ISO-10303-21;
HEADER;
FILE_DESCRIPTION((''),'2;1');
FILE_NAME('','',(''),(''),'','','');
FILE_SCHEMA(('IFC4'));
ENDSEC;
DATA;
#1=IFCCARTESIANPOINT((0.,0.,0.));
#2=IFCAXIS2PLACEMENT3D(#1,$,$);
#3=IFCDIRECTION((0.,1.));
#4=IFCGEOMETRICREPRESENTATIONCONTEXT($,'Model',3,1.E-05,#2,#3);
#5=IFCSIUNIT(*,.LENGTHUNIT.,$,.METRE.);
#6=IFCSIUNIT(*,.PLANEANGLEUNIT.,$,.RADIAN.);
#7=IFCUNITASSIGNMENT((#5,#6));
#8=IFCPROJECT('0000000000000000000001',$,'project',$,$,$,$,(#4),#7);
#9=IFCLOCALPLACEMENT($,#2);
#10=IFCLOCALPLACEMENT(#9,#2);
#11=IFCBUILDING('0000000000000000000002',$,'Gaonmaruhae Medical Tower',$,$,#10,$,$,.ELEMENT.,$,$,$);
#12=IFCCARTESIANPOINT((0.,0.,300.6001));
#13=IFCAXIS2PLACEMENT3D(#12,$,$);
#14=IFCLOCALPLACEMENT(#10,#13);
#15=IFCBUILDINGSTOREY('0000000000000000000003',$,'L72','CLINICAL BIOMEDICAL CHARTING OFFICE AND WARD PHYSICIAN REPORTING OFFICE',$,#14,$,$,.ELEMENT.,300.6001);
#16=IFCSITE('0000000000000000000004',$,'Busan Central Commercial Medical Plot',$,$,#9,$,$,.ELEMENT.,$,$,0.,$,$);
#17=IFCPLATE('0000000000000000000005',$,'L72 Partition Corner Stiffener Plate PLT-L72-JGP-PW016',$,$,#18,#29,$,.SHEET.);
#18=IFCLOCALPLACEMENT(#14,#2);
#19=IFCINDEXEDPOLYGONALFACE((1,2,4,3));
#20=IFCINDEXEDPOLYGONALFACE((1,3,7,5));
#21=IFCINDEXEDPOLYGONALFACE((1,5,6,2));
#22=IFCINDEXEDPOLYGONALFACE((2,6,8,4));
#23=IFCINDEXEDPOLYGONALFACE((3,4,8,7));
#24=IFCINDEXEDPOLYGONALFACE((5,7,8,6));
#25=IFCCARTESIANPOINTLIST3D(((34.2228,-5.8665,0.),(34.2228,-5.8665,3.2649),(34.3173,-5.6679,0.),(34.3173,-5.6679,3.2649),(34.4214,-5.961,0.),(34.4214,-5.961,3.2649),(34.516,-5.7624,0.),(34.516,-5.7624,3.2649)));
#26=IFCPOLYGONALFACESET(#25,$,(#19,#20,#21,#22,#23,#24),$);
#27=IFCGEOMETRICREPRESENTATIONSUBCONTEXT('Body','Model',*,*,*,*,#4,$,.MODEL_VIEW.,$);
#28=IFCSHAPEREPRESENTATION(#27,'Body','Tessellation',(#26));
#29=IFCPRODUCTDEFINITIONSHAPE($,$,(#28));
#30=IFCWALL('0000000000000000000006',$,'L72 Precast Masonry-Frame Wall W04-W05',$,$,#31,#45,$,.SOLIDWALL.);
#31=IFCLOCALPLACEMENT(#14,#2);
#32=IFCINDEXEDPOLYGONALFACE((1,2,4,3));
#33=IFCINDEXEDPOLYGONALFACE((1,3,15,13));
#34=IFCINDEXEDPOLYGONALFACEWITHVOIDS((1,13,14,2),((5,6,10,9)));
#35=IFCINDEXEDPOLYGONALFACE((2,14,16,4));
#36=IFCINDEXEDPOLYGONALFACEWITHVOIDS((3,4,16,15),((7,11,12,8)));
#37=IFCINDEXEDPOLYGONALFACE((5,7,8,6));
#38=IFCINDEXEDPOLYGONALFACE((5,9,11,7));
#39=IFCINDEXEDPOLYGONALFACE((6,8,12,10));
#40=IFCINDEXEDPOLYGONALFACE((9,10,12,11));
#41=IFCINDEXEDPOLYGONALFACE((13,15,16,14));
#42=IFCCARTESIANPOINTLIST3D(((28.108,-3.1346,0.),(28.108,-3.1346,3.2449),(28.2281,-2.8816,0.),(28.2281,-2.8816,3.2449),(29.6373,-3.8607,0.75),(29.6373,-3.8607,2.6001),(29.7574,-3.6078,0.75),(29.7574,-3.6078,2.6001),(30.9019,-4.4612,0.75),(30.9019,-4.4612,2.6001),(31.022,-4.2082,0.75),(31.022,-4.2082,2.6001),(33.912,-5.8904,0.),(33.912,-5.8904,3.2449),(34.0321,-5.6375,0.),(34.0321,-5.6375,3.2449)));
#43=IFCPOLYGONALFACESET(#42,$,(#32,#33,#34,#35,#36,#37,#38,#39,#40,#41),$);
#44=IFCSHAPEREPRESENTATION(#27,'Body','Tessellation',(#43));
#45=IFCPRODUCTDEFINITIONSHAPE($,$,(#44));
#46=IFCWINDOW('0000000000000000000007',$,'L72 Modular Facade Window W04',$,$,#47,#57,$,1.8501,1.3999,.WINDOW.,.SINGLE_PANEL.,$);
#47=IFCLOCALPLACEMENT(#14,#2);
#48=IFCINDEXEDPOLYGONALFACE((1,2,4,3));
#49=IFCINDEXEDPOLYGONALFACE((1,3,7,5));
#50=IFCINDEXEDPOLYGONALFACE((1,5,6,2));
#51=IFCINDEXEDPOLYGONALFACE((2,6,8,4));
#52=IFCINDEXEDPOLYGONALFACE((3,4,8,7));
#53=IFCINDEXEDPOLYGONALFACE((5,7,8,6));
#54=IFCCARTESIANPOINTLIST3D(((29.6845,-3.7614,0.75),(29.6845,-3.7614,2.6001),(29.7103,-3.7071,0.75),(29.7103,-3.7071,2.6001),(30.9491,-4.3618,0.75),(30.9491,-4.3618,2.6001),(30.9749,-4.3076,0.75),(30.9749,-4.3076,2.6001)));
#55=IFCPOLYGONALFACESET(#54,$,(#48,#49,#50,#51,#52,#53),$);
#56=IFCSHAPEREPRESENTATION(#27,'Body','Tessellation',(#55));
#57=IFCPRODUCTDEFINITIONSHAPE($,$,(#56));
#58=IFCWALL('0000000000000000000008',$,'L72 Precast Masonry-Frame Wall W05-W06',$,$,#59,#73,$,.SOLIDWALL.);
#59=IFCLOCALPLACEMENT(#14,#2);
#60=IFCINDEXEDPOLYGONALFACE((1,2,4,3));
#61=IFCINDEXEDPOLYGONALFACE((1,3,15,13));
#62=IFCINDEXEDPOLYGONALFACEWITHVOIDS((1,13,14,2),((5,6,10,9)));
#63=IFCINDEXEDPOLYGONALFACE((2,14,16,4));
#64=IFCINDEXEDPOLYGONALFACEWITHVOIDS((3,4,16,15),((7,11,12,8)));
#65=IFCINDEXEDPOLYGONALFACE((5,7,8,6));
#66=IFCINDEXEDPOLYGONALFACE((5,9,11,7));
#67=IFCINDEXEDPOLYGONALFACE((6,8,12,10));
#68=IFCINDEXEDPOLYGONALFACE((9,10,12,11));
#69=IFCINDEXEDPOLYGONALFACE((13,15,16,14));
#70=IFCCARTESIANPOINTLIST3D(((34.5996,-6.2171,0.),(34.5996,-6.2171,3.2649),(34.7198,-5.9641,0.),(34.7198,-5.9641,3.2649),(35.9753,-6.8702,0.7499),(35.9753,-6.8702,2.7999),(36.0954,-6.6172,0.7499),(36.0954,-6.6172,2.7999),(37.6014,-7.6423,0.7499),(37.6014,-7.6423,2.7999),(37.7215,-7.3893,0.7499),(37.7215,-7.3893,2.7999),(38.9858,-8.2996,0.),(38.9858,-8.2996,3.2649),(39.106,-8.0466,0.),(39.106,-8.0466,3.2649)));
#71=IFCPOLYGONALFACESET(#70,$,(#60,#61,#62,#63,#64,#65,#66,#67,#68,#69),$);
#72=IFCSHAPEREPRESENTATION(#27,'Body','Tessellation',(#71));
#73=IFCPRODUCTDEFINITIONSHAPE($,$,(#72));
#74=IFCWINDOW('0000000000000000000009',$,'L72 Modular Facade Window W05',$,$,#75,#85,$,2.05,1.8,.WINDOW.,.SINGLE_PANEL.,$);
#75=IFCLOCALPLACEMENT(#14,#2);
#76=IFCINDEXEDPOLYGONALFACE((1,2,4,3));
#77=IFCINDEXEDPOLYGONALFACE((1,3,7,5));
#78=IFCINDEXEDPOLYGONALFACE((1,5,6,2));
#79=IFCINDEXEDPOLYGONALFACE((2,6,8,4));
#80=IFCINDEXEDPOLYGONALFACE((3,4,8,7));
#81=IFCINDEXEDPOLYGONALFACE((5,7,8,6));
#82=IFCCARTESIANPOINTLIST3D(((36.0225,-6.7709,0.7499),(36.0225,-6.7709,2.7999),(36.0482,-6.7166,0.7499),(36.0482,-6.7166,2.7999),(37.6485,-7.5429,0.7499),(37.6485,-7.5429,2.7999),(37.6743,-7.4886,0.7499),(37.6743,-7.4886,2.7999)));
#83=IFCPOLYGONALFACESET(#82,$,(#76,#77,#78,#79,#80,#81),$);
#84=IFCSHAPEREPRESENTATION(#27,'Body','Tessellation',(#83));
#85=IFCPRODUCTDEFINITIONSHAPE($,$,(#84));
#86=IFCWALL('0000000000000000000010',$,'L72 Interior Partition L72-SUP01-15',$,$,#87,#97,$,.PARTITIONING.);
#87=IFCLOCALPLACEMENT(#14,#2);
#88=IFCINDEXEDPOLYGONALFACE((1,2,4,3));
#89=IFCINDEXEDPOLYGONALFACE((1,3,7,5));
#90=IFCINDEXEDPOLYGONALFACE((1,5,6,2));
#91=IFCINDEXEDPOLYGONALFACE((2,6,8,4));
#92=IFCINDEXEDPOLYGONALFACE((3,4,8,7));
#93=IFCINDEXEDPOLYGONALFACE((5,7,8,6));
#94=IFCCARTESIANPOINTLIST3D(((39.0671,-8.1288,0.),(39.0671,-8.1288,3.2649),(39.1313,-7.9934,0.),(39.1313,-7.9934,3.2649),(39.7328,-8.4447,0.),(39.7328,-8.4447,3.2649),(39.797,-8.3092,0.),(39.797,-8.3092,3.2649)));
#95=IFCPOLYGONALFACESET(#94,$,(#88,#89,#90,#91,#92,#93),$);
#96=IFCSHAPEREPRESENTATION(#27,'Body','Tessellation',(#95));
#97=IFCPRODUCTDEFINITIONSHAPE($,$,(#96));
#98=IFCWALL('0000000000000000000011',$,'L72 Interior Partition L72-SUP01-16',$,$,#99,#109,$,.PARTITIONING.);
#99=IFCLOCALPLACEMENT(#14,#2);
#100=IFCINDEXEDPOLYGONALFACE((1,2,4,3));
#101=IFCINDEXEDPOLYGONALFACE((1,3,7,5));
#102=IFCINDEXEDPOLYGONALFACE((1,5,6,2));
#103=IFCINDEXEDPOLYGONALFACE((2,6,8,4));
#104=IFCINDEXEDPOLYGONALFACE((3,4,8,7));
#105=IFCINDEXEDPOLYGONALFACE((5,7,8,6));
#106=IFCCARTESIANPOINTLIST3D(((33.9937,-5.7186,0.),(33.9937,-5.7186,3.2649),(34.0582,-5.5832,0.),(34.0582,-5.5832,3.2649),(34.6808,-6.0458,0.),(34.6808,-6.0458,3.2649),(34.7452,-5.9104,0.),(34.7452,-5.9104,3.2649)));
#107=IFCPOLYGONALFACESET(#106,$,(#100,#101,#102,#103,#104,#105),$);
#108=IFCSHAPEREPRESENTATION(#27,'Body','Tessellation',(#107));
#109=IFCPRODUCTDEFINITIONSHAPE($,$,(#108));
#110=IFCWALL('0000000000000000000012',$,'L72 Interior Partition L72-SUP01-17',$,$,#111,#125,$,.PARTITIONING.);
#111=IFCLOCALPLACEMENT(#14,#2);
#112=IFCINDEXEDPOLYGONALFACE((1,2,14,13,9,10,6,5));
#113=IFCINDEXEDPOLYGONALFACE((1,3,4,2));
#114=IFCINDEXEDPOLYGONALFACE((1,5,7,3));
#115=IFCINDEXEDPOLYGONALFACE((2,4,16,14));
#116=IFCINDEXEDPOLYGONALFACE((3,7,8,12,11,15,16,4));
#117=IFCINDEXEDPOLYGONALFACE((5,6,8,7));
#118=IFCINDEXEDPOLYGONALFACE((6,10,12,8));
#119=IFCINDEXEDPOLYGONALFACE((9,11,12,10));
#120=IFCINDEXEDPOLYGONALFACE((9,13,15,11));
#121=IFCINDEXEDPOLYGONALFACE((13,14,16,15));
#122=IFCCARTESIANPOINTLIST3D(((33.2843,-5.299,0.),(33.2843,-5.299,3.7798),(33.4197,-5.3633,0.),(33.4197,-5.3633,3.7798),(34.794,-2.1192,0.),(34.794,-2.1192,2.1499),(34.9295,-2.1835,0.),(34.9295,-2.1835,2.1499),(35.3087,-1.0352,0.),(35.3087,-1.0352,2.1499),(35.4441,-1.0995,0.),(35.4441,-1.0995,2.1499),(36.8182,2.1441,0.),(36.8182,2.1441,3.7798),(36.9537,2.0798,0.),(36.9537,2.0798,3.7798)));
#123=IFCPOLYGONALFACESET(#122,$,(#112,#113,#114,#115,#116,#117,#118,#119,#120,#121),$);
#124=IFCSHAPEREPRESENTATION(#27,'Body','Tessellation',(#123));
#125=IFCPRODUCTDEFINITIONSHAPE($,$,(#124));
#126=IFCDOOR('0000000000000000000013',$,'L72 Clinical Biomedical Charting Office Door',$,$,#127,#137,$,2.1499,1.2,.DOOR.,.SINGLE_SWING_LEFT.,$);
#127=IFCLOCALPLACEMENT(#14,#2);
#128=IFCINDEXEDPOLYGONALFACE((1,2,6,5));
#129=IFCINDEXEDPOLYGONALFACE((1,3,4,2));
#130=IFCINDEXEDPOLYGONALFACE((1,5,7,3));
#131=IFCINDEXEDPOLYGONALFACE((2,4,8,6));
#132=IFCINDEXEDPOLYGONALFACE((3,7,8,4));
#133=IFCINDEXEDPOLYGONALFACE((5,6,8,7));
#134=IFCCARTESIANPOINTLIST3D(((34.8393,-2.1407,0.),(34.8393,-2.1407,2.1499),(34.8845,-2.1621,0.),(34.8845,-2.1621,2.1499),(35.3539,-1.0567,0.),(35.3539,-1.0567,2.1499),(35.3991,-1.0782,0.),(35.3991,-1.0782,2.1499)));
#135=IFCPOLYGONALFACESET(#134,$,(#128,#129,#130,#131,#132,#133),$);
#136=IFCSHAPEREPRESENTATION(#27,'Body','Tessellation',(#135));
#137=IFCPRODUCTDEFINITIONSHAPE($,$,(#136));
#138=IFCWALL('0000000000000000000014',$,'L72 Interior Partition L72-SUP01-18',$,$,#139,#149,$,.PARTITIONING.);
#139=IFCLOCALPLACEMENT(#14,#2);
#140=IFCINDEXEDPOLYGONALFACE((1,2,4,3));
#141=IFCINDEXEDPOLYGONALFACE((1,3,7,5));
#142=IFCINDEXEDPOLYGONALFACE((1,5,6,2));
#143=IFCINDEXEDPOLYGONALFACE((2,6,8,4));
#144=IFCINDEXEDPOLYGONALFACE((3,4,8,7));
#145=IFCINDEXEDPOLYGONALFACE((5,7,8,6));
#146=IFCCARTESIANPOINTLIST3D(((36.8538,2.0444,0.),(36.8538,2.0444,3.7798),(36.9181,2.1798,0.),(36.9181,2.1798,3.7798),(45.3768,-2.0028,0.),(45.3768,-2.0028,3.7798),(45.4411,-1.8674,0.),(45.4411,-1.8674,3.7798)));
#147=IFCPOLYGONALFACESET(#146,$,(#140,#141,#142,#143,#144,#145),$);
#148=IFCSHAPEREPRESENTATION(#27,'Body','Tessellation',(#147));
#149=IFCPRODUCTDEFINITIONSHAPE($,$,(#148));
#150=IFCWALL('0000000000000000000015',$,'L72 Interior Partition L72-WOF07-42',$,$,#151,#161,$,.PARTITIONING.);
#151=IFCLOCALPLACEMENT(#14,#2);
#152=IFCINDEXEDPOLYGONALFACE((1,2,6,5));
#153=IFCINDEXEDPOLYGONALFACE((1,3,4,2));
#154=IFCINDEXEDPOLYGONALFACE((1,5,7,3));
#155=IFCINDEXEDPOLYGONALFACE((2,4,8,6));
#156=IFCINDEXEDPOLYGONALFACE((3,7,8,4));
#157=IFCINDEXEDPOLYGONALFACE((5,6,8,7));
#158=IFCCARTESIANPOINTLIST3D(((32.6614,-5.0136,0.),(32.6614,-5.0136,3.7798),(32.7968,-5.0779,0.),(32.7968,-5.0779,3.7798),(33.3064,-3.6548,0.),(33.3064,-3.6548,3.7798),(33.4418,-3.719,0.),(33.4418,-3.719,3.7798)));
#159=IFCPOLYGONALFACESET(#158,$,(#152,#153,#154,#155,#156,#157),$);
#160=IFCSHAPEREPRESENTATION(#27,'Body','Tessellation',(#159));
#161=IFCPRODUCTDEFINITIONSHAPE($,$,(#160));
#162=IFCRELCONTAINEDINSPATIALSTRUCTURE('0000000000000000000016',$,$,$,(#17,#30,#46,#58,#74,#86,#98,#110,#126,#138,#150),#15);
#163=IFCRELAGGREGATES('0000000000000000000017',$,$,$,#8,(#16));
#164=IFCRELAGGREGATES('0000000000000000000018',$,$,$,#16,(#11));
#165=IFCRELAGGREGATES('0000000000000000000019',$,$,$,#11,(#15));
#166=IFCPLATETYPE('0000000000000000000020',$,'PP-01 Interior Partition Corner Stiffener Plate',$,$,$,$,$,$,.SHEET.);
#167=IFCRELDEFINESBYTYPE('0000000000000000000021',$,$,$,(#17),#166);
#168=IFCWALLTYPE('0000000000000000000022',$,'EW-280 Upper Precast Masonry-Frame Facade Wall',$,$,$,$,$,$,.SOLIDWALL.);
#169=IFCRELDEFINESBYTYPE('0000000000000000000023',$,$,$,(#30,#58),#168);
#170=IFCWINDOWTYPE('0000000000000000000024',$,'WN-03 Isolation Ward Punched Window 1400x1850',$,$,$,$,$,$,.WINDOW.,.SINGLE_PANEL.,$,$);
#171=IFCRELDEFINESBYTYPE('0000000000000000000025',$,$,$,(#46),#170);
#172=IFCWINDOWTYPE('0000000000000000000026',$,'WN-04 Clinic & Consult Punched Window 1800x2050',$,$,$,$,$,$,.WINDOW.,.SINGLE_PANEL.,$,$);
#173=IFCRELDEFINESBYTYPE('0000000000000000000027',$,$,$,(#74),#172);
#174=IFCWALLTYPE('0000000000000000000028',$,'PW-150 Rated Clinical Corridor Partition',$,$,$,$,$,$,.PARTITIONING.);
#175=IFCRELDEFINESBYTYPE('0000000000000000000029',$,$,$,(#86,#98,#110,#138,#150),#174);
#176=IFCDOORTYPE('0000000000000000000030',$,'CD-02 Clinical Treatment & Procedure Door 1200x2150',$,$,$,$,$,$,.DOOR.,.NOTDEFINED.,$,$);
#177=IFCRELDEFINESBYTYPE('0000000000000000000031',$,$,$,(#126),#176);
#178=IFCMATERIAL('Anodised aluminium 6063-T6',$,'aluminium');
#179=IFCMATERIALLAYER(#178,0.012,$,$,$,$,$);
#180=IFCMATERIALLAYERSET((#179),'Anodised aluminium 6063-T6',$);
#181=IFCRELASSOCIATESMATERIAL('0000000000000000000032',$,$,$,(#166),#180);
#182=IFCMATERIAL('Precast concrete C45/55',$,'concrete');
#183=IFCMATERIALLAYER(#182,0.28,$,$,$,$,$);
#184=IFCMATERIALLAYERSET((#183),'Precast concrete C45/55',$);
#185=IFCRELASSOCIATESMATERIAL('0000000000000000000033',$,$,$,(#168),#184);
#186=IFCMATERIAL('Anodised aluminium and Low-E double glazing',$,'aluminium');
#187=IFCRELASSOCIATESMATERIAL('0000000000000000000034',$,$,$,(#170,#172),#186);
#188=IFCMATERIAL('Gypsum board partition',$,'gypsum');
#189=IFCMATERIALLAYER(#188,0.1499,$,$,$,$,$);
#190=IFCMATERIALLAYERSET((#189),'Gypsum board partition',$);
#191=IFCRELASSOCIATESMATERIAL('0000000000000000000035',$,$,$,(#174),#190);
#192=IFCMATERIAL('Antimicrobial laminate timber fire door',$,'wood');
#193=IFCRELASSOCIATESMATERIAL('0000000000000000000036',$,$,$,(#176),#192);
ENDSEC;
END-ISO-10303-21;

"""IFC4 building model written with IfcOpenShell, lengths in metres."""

from ifc_helpers import new_model, si_unit, direction, frame, frame_2d, origin, origin_2d, place, context, subcontext, project, spatial, rectangle, extrude, material, layer, layer_set, type_object, element, fill, save


model = new_model("IFC4")

# Units and contexts
model_context = context("Model", 3, precision=1e-05, world=origin(), true_north=direction((0.0, 1.0)))
body_context = subcontext(model_context, "Body", "Model", "MODEL_VIEW")
ifc_project = project(units=[si_unit("LENGTHUNIT", "METRE"), si_unit("PLANEANGLEUNIT", "RADIAN")], contexts=[model_context])

# Site, building, storey
site_placement = place(None, origin())
site = spatial("IfcSite", under=ifc_project, at=site_placement, Name="Busan Central Commercial Medical Plot", CompositionType="ELEMENT", RefElevation=0.0)
building_placement = place(site_placement, origin())
building = spatial("IfcBuilding", under=site, at=building_placement, Name="Gaonmaruhae Medical Tower", CompositionType="ELEMENT")
storey_placement = place(building_placement, frame((0.0, 0.0, 300.6001)))
storey = spatial("IfcBuildingStorey", under=building, at=storey_placement, Name="L72", Description="CLINICAL BIOMEDICAL CHARTING OFFICE AND WARD PHYSICIAN REPORTING OFFICE", CompositionType="ELEMENT", Elevation=300.6001)

# Plate
ifc_material_1 = material(Name="Anodised aluminium 6063-T6", Category="aluminium")
ifc_layer_1 = layer(ifc_material_1, 0.012)
ifc_layer_set_1 = layer_set([ifc_layer_1], Name="Anodised aluminium 6063-T6")
plate_type = type_object("IfcPlateType", Name="PP-01 Interior Partition Corner Stiffener Plate", PredefinedType="SHEET", material=ifc_layer_set_1)
for number, where, z_axis, x_axis, name in (
    (1, (34.3694, -5.8145, 0.0), (0.0, 0.0, 1.0), (-0.902931, 0.429786, 0.0), "L72 Partition Corner Stiffener Plate PLT-L72-JGP-PW016"),
):
    element("IfcPlate", number, at=place(storey_placement, frame(where, z_axis=z_axis, x_axis=x_axis)), inside=storey, type_object=plate_type, Name=name, PredefinedType="SHEET", context=body_context, shape_type="SweptSolid", body=[
        extrude(rectangle(XDim=0.22, YDim=0.22, at=origin_2d()), origin(), (0.0, 0.0, 1.0), 3.2649),
    ])

# Walls, openings, windows
ifc_material_2 = material(Name="Precast concrete C45/55", Category="concrete")
ifc_layer_2 = layer(ifc_material_2, 0.28)
ifc_layer_set_2 = layer_set([ifc_layer_2], Name="Precast concrete C45/55")
wall_type_1 = type_object("IfcWallType", Name="EW-280 Upper Precast Masonry-Frame Facade Wall", PredefinedType="SOLIDWALL", material=ifc_layer_set_2)
wall_1_placement = place(storey_placement, frame((33.9719, -5.7639, 0.0), z_axis=(0.0, 0.0, 1.0), x_axis=(-0.903339, 0.428927, 0.0)))
wall_1 = element("IfcWall", 2, at=wall_1_placement, inside=storey, type_object=wall_type_1, Name="L72 Precast Masonry-Frame Wall W04-W05", PredefinedType="SOLIDWALL", context=body_context, shape_type="SweptSolid", body=[
    extrude(rectangle(XDim=6.425, YDim=0.28, at=frame_2d((3.2124, 0.0))), origin(), (0.0, 0.0, 1.0), 3.2449),
])
opening_1_placement = place(wall_1_placement, frame((3.332, 0.0, 0.75)))
opening_1 = element("IfcOpeningElement", 3, at=opening_1_placement, cuts=wall_1, PredefinedType="OPENING", context=body_context, shape_type="SweptSolid", body=[
    extrude(rectangle(XDim=1.3999, YDim=1.8501, at=frame_2d((0.7, 0.925))), frame((0.0, 0.1499, 0.0), z_axis=(0.0, -1.0, 0.0), x_axis=(1.0, 0.0, 0.0)), (0.0, 0.0, 1.0), 0.3),
])
ifc_material_3 = material(Name="Anodised aluminium and Low-E double glazing", Category="aluminium")
window_type_1 = type_object("IfcWindowType", Name="WN-03 Isolation Ward Punched Window 1400x1850", PartitioningType="SINGLE_PANEL", PredefinedType="WINDOW", material=ifc_material_3)
window_1_placement = place(opening_1_placement, origin())
window_1 = element("IfcWindow", 4, at=window_1_placement, inside=storey, type_object=window_type_1, Name="L72 Modular Facade Window W04", OverallHeight=1.8501, OverallWidth=1.3999, PartitioningType="SINGLE_PANEL", PredefinedType="WINDOW", context=body_context, shape_type="SweptSolid", body=[
    extrude(rectangle(XDim=1.3999, YDim=1.8501, at=frame_2d((0.7, 0.925))), frame((0.0, 0.03, 0.0), z_axis=(0.0, -1.0, 0.0), x_axis=(1.0, 0.0, 0.0)), (0.0, 0.0, 1.0), 0.0601),
])
fill(opening_1, window_1)
wall_2_placement = place(storey_placement, frame((39.0459, -8.1731, 0.0), z_axis=(0.0, 0.0, 1.0), x_axis=(-0.903353, 0.428899, 0.0)))
wall_2 = element("IfcWall", 5, at=wall_2_placement, inside=storey, type_object=wall_type_1, Name="L72 Precast Masonry-Frame Wall W05-W06", PredefinedType="SOLIDWALL", context=body_context, shape_type="SweptSolid", body=[
    extrude(rectangle(XDim=4.8555, YDim=0.28, at=frame_2d((2.4277, 0.0))), origin(), (0.0, 0.0, 1.0), 3.2649),
])
opening_2_placement = place(wall_2_placement, frame((1.5327, 0.0, 0.75)))
opening_2 = element("IfcOpeningElement", 6, at=opening_2_placement, cuts=wall_2, PredefinedType="OPENING", context=body_context, shape_type="SweptSolid", body=[
    extrude(rectangle(XDim=1.8, YDim=2.05, at=frame_2d((0.8999, 1.0249))), frame((0.0, 0.1499, 0.0), z_axis=(0.0, -1.0, 0.0), x_axis=(1.0, 0.0, 0.0)), (0.0, 0.0, 1.0), 0.3),
])
window_type_2 = type_object("IfcWindowType", Name="WN-04 Clinic & Consult Punched Window 1800x2050", PartitioningType="SINGLE_PANEL", PredefinedType="WINDOW", material=ifc_material_3)
window_2_placement = place(opening_2_placement, origin())
window_2 = element("IfcWindow", 7, at=window_2_placement, inside=storey, type_object=window_type_2, Name="L72 Modular Facade Window W05", OverallHeight=2.05, OverallWidth=1.8, PartitioningType="SINGLE_PANEL", PredefinedType="WINDOW", context=body_context, shape_type="SweptSolid", body=[
    extrude(rectangle(XDim=1.8, YDim=2.05, at=frame_2d((0.8999, 1.0249))), frame((0.0, 0.03, 0.0), z_axis=(0.0, -1.0, 0.0), x_axis=(1.0, 0.0, 0.0)), (0.0, 0.0, 1.0), 0.0601),
])
fill(opening_2, window_2)

# Walls
ifc_material_4 = material(Name="Gypsum board partition", Category="gypsum")
ifc_layer_3 = layer(ifc_material_4, 0.1499)
ifc_layer_set_3 = layer_set([ifc_layer_3], Name="Gypsum board partition")
wall_type_2 = type_object("IfcWallType", Name="PW-150 Rated Clinical Corridor Partition", PredefinedType="PARTITIONING", material=ifc_layer_set_3)
wall_3_placement = place(storey_placement, frame((39.7649, -8.377, 0.0), z_axis=(0.0, 0.0, 1.0), x_axis=(-0.903448, 0.428699, 0.0)))
element("IfcWall", 8, at=wall_3_placement, inside=storey, type_object=wall_type_2, Name="L72 Interior Partition L72-SUP01-15", PredefinedType="PARTITIONING", context=body_context, shape_type="SweptSolid", body=[
    extrude(rectangle(XDim=0.7368, YDim=0.1499, at=frame_2d((0.3684, 0.0))), origin(), (0.0, 0.0, 1.0), 3.2649),
])
wall_4_placement = place(storey_placement, frame((34.7129, -5.978, 0.0), z_axis=(0.0, 0.0, 1.0), x_axis=(-0.902861, 0.429934, 0.0)))
element("IfcWall", 9, at=wall_4_placement, inside=storey, type_object=wall_type_2, Name="L72 Interior Partition L72-SUP01-16", PredefinedType="PARTITIONING", context=body_context, shape_type="SweptSolid", body=[
    extrude(rectangle(XDim=0.761, YDim=0.1499, at=frame_2d((0.3804, 0.0))), origin(), (0.0, 0.0, 1.0), 3.2649),
])

# Wall, opening, door
wall_5_placement = place(storey_placement, frame((33.3521, -5.3311, 0.0), z_axis=(0.0, 0.0, 1.0), x_axis=(0.428904, 0.90335, 0.0)))
wall_5 = element("IfcWall", 10, at=wall_5_placement, inside=storey, type_object=wall_type_2, Name="L72 Interior Partition L72-SUP01-17", PredefinedType="PARTITIONING", context=body_context, shape_type="SweptSolid", body=[
    extrude(rectangle(XDim=8.2395, YDim=0.1499, at=frame_2d((4.1196, 0.0))), origin(), (0.0, 0.0, 1.0), 3.7798),
])
opening_3_placement = place(wall_5_placement, frame((3.5198, 0.0, 0.0)))
opening_3 = element("IfcOpeningElement", 11, at=opening_3_placement, cuts=wall_5, PredefinedType="OPENING", context=body_context, shape_type="SweptSolid", body=[
    extrude(rectangle(XDim=1.2, YDim=2.1499, at=frame_2d((0.6001, 1.075))), frame((0.0, 0.085, 0.0), z_axis=(0.0, -1.0, 0.0), x_axis=(1.0, 0.0, 0.0)), (0.0, 0.0, 1.0), 0.1699),
])
ifc_material_5 = material(Name="Antimicrobial laminate timber fire door", Category="wood")
door_type = type_object("IfcDoorType", Name="CD-02 Clinical Treatment & Procedure Door 1200x2150", OperationType="NOTDEFINED", PredefinedType="DOOR", material=ifc_material_5)
door_1_placement = place(opening_3_placement, origin())
door_1 = element("IfcDoor", 12, at=door_1_placement, inside=storey, type_object=door_type, Name="L72 Clinical Biomedical Charting Office Door", OperationType="SINGLE_SWING_LEFT", OverallHeight=2.1499, OverallWidth=1.2, PredefinedType="DOOR", context=body_context, shape_type="SweptSolid", body=[
    extrude(rectangle(XDim=1.2, YDim=2.1499, at=frame_2d((0.6001, 1.075))), frame((0.0, 0.0249, 0.0), z_axis=(0.0, -1.0, 0.0), x_axis=(1.0, 0.0, 0.0)), (0.0, 0.0, 1.0), 0.05),
])
fill(opening_3, door_1)

# Wall
wall_6_placement = place(storey_placement, frame((36.886, 2.1121, 0.0), z_axis=(0.0, 0.0, 1.0), x_axis=(0.90333, -0.428946, 0.0)))
element("IfcWall", 13, at=wall_6_placement, inside=storey, type_object=wall_type_2, Name="L72 Interior Partition L72-SUP01-18", PredefinedType="PARTITIONING", context=body_context, shape_type="SweptSolid", body=[
    extrude(rectangle(XDim=9.4351, YDim=0.1499, at=frame_2d((4.7175, 0.0))), origin(), (0.0, 0.0, 1.0), 3.7798),
])

# Wall
wall_7_placement = place(storey_placement, frame((33.374, -3.687, 0.0), z_axis=(0.0, 0.0, 1.0), x_axis=(-0.428812, -0.903394, 0.0)))
element("IfcWall", 14, at=wall_7_placement, inside=storey, type_object=wall_type_2, Name="L72 Interior Partition L72-WOF07-42", PredefinedType="PARTITIONING", context=body_context, shape_type="SweptSolid", body=[
    extrude(rectangle(XDim=1.5042, YDim=0.1499, at=frame_2d((0.752, 0.0))), origin(), (0.0, 0.0, 1.0), 3.7798),
])

save(model, "model.ifc")
